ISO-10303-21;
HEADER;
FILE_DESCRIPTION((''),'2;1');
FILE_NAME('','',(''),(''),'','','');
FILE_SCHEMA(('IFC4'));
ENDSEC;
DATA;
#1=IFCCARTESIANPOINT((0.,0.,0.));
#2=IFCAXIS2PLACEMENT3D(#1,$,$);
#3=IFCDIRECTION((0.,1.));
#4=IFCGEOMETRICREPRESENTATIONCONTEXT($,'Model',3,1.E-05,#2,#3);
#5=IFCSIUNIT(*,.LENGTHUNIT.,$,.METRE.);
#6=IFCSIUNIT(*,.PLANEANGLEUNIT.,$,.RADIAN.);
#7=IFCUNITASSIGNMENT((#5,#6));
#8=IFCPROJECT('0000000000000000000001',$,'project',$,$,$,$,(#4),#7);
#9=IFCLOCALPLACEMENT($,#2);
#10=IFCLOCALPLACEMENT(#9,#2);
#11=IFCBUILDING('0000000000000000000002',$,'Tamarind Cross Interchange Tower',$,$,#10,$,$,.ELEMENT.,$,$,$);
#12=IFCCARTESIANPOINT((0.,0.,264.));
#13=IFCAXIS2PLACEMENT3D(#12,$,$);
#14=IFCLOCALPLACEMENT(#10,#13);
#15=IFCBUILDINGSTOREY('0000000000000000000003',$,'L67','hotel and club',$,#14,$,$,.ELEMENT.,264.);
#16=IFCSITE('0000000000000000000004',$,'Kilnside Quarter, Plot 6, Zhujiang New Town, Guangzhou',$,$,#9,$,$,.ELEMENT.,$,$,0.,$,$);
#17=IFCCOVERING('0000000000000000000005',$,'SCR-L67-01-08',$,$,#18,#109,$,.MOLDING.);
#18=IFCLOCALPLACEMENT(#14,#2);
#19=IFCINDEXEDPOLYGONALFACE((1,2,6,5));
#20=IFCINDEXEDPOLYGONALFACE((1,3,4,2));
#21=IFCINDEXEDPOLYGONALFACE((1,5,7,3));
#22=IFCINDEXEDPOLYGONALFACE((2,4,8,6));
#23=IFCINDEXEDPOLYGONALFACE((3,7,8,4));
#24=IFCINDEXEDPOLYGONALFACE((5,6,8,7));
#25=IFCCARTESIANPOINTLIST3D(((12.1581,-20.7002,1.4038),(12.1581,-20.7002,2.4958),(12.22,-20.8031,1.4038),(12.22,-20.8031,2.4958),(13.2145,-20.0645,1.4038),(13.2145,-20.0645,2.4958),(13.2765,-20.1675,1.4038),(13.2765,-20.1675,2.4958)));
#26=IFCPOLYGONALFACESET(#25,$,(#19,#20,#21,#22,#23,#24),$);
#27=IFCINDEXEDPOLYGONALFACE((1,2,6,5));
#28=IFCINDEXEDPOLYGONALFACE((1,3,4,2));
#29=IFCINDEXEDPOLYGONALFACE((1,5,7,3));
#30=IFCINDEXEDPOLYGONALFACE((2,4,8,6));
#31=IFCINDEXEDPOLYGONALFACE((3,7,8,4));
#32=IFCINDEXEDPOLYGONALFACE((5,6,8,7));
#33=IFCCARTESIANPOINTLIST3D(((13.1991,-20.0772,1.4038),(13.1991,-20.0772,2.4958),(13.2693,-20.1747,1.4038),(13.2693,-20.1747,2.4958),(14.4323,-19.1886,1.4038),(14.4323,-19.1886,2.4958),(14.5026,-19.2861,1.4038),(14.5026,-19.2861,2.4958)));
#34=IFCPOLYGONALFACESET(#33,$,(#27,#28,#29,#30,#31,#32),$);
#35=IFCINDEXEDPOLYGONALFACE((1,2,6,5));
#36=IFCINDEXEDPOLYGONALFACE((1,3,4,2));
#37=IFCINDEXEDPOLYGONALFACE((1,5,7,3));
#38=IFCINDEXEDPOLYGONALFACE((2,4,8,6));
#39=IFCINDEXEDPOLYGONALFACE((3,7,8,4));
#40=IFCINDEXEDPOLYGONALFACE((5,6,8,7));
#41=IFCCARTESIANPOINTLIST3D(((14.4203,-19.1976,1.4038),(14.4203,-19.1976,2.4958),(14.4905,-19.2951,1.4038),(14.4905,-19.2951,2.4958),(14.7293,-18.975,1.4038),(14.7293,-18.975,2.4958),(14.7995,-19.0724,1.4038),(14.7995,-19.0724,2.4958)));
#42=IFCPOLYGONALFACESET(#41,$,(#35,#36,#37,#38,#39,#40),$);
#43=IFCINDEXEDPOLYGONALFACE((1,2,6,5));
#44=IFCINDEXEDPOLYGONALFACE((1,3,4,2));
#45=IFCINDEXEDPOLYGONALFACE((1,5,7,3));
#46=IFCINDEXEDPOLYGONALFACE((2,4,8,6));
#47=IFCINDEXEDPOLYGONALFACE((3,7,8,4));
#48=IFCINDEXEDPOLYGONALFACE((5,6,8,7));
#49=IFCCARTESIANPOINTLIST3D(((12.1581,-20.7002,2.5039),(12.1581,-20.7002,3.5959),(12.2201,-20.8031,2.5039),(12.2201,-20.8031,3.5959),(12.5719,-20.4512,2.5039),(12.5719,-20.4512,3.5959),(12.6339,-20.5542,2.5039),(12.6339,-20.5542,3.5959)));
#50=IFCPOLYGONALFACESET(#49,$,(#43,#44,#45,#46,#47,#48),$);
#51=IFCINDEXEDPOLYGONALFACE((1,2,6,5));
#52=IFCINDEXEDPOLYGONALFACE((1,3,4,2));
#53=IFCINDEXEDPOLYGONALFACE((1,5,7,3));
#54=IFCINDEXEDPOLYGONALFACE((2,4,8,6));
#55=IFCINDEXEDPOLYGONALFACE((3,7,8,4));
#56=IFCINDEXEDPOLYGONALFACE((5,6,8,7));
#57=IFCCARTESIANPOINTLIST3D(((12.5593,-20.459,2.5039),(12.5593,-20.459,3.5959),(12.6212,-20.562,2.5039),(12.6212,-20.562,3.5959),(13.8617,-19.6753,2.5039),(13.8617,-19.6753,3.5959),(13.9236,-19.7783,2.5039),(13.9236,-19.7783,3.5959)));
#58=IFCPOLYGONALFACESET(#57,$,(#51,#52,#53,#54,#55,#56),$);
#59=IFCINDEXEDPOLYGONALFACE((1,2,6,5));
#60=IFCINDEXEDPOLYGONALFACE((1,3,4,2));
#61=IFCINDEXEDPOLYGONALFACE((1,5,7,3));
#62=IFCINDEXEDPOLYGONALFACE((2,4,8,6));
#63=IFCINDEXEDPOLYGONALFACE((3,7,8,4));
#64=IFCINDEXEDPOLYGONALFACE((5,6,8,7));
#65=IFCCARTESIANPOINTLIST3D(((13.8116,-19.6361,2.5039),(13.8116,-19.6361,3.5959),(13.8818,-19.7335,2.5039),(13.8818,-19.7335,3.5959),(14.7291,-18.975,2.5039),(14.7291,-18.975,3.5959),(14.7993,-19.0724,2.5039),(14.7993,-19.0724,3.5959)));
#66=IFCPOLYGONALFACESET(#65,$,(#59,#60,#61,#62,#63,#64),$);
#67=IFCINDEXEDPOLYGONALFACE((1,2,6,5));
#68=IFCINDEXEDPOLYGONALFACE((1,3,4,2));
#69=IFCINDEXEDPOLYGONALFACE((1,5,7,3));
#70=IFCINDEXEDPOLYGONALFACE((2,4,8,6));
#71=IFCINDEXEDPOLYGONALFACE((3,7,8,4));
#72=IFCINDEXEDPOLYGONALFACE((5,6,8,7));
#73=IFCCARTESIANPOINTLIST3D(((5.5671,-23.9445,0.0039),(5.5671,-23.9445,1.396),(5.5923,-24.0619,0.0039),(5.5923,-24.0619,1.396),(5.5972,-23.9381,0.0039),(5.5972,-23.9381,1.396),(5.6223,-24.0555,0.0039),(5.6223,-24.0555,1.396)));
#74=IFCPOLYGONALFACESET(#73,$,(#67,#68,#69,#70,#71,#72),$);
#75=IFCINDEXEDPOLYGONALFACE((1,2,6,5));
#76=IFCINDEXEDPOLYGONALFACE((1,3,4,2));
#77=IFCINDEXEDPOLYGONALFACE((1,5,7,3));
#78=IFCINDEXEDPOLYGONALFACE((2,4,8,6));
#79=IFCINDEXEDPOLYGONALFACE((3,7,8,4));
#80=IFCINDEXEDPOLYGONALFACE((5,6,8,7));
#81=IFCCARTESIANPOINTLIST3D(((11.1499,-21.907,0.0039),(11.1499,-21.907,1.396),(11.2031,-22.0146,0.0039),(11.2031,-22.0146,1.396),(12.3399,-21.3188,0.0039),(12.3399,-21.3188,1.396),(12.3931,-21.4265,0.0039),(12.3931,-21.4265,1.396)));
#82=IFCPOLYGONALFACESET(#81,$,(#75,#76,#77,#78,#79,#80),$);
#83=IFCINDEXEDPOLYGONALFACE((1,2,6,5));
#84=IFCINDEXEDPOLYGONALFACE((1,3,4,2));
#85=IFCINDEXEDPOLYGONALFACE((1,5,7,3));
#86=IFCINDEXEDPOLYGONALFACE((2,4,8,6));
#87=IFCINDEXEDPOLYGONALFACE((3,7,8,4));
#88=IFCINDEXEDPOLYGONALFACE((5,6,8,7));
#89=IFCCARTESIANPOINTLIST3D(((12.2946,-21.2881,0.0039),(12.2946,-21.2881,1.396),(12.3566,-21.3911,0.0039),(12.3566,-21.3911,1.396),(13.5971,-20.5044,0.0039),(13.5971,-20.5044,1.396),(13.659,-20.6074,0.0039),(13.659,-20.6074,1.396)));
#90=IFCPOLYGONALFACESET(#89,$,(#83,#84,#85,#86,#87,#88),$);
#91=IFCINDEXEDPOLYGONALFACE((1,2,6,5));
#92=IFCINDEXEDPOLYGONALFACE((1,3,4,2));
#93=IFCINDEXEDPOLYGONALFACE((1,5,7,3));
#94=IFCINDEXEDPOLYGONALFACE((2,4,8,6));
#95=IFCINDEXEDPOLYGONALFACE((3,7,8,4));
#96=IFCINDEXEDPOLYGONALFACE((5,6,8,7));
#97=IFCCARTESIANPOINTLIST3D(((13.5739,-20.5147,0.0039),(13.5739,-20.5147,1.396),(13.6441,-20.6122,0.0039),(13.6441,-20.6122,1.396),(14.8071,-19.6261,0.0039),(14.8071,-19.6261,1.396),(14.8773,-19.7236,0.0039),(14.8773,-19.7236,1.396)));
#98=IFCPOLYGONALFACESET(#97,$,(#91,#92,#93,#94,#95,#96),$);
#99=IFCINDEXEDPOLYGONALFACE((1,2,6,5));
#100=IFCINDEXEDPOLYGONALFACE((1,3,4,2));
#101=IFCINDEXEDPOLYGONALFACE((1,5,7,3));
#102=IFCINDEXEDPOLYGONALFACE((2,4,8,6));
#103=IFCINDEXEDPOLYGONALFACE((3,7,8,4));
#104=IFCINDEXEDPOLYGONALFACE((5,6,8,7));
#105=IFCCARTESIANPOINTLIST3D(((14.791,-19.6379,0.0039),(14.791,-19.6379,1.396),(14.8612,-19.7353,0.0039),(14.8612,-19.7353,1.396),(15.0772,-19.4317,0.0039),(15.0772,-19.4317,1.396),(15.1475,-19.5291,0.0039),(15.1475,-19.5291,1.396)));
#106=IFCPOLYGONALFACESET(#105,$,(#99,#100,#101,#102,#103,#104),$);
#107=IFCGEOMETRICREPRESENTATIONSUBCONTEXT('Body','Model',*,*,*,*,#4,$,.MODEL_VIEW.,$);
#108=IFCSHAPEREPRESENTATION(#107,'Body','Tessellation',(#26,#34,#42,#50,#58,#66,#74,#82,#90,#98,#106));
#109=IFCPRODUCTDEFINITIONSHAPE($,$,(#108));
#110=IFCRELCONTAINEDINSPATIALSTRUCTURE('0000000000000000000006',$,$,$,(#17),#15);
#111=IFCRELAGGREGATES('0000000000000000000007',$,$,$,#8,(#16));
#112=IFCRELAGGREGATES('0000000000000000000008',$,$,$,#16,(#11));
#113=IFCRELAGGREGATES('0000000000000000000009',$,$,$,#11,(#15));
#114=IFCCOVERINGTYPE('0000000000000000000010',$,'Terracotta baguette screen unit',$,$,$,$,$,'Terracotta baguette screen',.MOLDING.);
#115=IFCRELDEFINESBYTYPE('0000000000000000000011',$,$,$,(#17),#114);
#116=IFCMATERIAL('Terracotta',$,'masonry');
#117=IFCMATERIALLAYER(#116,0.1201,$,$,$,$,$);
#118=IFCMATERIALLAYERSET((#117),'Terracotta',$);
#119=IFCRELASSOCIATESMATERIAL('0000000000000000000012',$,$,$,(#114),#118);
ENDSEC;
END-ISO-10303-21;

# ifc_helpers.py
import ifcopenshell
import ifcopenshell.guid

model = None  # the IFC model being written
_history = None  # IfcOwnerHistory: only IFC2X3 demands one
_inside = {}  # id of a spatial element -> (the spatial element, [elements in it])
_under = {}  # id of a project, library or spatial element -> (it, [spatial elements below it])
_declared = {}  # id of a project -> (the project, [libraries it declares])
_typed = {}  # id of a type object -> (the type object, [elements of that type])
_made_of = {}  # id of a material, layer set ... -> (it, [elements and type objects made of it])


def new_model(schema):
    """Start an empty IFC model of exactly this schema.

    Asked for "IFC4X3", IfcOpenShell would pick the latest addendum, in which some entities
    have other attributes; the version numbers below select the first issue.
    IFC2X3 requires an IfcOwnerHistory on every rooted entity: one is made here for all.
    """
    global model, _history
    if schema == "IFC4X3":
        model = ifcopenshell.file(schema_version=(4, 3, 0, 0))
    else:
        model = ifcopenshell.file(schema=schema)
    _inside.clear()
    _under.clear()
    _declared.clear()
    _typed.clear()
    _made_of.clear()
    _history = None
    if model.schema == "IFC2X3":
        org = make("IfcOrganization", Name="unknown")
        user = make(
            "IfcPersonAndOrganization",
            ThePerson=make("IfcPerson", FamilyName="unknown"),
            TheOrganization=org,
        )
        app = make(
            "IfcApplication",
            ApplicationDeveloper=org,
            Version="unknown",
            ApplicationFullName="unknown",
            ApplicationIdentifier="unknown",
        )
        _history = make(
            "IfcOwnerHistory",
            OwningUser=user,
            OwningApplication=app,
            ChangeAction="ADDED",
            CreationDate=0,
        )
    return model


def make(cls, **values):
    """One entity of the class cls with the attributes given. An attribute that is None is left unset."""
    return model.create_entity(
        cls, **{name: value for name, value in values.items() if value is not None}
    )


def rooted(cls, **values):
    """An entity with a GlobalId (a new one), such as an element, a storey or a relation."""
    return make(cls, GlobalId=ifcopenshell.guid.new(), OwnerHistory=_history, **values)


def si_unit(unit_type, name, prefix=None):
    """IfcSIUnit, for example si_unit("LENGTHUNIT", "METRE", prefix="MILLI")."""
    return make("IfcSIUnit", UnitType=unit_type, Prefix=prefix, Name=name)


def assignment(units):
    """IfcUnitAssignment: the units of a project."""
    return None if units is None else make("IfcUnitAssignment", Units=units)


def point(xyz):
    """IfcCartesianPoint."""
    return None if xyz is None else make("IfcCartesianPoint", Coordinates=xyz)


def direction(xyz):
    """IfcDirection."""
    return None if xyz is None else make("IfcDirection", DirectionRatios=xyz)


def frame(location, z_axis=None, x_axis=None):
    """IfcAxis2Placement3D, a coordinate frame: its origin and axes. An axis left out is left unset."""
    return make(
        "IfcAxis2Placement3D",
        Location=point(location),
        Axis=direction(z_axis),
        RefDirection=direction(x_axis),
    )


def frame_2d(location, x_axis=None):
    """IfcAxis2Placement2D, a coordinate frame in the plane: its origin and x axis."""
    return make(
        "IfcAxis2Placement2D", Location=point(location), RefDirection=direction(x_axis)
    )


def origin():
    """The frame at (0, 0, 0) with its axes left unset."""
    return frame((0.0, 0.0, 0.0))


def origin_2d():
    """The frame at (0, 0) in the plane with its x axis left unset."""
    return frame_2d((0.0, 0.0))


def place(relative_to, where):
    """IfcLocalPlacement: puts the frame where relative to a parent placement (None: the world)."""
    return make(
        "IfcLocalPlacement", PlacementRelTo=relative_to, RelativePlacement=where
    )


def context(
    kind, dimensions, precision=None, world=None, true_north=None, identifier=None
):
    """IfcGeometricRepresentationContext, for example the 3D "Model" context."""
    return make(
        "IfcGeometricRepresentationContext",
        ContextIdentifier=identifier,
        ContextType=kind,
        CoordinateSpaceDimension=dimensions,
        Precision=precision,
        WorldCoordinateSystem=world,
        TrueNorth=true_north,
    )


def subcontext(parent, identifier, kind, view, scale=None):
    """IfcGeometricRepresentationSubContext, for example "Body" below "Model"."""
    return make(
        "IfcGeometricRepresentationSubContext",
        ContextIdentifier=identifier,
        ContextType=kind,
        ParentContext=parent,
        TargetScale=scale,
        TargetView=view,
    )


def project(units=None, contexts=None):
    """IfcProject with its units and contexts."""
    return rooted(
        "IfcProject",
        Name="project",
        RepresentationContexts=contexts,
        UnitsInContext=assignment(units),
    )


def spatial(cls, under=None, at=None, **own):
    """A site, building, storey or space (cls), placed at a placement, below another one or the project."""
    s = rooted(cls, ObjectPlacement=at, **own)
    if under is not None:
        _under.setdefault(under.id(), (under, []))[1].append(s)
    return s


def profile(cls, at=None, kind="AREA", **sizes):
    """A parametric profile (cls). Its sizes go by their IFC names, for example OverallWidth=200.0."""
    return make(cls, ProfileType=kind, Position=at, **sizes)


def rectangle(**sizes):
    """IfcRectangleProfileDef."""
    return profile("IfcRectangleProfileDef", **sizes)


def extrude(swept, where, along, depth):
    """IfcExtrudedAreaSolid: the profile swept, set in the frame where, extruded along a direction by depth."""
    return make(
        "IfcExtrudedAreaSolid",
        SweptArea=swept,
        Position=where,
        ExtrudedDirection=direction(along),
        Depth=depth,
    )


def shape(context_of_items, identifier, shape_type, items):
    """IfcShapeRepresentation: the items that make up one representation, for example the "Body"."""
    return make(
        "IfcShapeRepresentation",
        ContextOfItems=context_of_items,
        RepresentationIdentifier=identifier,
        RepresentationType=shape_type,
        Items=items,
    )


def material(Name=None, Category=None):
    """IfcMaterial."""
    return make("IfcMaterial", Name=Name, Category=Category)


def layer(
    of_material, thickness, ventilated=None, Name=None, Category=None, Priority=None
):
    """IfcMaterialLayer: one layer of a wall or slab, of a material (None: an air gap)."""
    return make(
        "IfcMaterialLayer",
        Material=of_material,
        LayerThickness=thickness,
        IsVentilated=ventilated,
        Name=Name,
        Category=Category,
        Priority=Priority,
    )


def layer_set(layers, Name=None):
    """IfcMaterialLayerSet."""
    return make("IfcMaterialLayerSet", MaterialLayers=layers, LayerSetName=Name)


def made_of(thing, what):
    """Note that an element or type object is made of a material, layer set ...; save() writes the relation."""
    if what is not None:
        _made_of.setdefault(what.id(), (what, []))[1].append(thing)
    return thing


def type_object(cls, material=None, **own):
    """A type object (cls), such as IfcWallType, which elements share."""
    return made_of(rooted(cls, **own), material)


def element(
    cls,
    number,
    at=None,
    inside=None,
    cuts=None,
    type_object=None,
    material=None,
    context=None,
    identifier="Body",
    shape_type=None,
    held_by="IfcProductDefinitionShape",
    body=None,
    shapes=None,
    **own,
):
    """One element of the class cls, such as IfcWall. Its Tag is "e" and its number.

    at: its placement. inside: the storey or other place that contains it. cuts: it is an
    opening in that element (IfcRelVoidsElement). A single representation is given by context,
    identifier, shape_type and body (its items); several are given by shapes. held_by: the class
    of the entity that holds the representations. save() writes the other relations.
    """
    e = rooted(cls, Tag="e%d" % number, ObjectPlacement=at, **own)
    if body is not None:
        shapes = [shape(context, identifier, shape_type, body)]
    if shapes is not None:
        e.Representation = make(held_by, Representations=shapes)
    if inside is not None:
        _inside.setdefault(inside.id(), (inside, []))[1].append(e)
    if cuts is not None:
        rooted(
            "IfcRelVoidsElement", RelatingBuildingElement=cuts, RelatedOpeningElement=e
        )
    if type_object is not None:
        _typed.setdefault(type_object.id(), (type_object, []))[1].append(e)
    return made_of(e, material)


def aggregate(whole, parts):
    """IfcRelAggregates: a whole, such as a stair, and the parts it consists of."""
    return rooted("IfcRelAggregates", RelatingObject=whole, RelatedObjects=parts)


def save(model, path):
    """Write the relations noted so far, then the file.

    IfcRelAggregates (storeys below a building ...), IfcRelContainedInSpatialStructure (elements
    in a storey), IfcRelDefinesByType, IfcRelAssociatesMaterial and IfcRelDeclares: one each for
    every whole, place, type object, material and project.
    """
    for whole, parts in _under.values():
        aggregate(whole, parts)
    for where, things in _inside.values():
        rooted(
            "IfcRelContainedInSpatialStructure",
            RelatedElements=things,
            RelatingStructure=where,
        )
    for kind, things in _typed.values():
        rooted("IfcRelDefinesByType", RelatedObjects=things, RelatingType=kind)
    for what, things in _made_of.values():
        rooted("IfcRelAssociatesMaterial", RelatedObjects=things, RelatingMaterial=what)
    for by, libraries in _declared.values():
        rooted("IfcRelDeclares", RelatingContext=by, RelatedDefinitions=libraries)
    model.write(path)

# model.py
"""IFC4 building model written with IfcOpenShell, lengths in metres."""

from ifc_helpers import new_model, si_unit, direction, frame, origin, origin_2d, place, context, subcontext, project, spatial, rectangle, extrude, material, layer, layer_set, type_object, element, save


model = new_model("IFC4")

# Units and contexts
model_context = context("Model", 3, precision=1e-05, world=origin(), true_north=direction((0.0, 1.0)))
body_context = subcontext(model_context, "Body", "Model", "MODEL_VIEW")
ifc_project = project(units=[si_unit("LENGTHUNIT", "METRE"), si_unit("PLANEANGLEUNIT", "RADIAN")], contexts=[model_context])

# Site, building, storey
site_placement = place(None, origin())
site = spatial("IfcSite", under=ifc_project, at=site_placement, Name="Kilnside Quarter, Plot 6, Zhujiang New Town, Guangzhou", CompositionType="ELEMENT", RefElevation=0.0)
building_placement = place(site_placement, origin())
building = spatial("IfcBuilding", under=site, at=building_placement, Name="Tamarind Cross Interchange Tower", CompositionType="ELEMENT")
storey_placement = place(building_placement, frame((0.0, 0.0, 264.0)))
storey = spatial("IfcBuildingStorey", under=building, at=storey_placement, Name="L67", Description="hotel and club", CompositionType="ELEMENT", Elevation=264.0)

# Covering
ifc_material_1 = material(Name="Terracotta", Category="masonry")
ifc_layer_1 = layer(ifc_material_1, 0.1201)
ifc_layer_set_1 = layer_set([ifc_layer_1], Name="Terracotta")
covering_type = type_object("IfcCoveringType", Name="Terracotta baguette screen unit", ElementType="Terracotta baguette screen", PredefinedType="MOLDING", material=ifc_layer_set_1)
covering_1_placement = place(storey_placement, origin())
element("IfcCovering", 1, at=covering_1_placement, inside=storey, type_object=covering_type, Name="SCR-L67-01-08", PredefinedType="MOLDING", context=body_context, shape_type="SweptSolid", body=[
    extrude(rectangle(XDim=1.2329, YDim=0.1201, at=origin_2d()), frame((12.7173, -20.4338, 1.4038), z_axis=(0.0, 0.0, 1.0), x_axis=(0.856843, 0.515577, 0.0)), (0.0, 0.0, 1.0), 1.092),
    extrude(rectangle(XDim=1.52, YDim=0.1201, at=origin_2d()), frame((13.8508, -19.6816, 1.4038), z_axis=(0.0, 0.0, 1.0), x_axis=(0.81134, 0.584574, 0.0)), (0.0, 0.0, 1.0), 1.092),
    extrude(rectangle(XDim=0.3809, YDim=0.1201, at=origin_2d()), frame((14.6099, -19.135, 1.4038), z_axis=(0.0, 0.0, 1.0), x_axis=(0.81134, 0.584574, 0.0)), (0.0, 0.0, 1.0), 1.092),
    extrude(rectangle(XDim=0.4829, YDim=0.1201, at=origin_2d()), frame((12.396, -20.6272, 2.5039), z_axis=(0.0, 0.0, 1.0), x_axis=(0.856843, 0.515577, 0.0)), (0.0, 0.0, 1.0), 1.092),
    extrude(rectangle(XDim=1.52, YDim=0.1201, at=origin_2d()), frame((13.2415, -20.1187, 2.5039), z_axis=(0.0, 0.0, 1.0), x_axis=(0.856843, 0.515577, 0.0)), (0.0, 0.0, 1.0), 1.092),
    extrude(rectangle(XDim=1.1309, YDim=0.1201, at=origin_2d()), frame((14.3054, -19.3542, 2.5039), z_axis=(0.0, 0.0, 1.0), x_axis=(0.81134, 0.584574, 0.0)), (0.0, 0.0, 1.0), 1.092),
    extrude(rectangle(XDim=0.0308, YDim=0.1201, at=origin_2d()), frame((5.5947, -24.0, 0.0039), z_axis=(0.0, 0.0, 1.0), x_axis=(0.977825, 0.209425, 0.0)), (0.0, 0.0, 1.0), 1.3921),
    extrude(rectangle(XDim=1.3274, YDim=0.1201, at=origin_2d()), frame((11.7715, -21.6667, 0.0039), z_axis=(0.0, 0.0, 1.0), x_axis=(0.896493, 0.443059, 0.0)), (0.0, 0.0, 1.0), 1.3921),
    extrude(rectangle(XDim=1.52, YDim=0.1201, at=origin_2d()), frame((12.9768, -20.9478, 0.0039), z_axis=(0.0, 0.0, 1.0), x_axis=(0.856843, 0.515577, 0.0)), (0.0, 0.0, 1.0), 1.3921),
    extrude(rectangle(XDim=1.52, YDim=0.1201, at=origin_2d()), frame((14.2256, -20.1191, 0.0039), z_axis=(0.0, 0.0, 1.0), x_axis=(0.81134, 0.584574, 0.0)), (0.0, 0.0, 1.0), 1.3921),
    extrude(rectangle(XDim=0.3528, YDim=0.1201, at=origin_2d()), frame((14.9692, -19.5835, 0.0039), z_axis=(0.0, 0.0, 1.0), x_axis=(0.81134, 0.584574, 0.0)), (0.0, 0.0, 1.0), 1.3921),
])

save(model, "model.ifc")
